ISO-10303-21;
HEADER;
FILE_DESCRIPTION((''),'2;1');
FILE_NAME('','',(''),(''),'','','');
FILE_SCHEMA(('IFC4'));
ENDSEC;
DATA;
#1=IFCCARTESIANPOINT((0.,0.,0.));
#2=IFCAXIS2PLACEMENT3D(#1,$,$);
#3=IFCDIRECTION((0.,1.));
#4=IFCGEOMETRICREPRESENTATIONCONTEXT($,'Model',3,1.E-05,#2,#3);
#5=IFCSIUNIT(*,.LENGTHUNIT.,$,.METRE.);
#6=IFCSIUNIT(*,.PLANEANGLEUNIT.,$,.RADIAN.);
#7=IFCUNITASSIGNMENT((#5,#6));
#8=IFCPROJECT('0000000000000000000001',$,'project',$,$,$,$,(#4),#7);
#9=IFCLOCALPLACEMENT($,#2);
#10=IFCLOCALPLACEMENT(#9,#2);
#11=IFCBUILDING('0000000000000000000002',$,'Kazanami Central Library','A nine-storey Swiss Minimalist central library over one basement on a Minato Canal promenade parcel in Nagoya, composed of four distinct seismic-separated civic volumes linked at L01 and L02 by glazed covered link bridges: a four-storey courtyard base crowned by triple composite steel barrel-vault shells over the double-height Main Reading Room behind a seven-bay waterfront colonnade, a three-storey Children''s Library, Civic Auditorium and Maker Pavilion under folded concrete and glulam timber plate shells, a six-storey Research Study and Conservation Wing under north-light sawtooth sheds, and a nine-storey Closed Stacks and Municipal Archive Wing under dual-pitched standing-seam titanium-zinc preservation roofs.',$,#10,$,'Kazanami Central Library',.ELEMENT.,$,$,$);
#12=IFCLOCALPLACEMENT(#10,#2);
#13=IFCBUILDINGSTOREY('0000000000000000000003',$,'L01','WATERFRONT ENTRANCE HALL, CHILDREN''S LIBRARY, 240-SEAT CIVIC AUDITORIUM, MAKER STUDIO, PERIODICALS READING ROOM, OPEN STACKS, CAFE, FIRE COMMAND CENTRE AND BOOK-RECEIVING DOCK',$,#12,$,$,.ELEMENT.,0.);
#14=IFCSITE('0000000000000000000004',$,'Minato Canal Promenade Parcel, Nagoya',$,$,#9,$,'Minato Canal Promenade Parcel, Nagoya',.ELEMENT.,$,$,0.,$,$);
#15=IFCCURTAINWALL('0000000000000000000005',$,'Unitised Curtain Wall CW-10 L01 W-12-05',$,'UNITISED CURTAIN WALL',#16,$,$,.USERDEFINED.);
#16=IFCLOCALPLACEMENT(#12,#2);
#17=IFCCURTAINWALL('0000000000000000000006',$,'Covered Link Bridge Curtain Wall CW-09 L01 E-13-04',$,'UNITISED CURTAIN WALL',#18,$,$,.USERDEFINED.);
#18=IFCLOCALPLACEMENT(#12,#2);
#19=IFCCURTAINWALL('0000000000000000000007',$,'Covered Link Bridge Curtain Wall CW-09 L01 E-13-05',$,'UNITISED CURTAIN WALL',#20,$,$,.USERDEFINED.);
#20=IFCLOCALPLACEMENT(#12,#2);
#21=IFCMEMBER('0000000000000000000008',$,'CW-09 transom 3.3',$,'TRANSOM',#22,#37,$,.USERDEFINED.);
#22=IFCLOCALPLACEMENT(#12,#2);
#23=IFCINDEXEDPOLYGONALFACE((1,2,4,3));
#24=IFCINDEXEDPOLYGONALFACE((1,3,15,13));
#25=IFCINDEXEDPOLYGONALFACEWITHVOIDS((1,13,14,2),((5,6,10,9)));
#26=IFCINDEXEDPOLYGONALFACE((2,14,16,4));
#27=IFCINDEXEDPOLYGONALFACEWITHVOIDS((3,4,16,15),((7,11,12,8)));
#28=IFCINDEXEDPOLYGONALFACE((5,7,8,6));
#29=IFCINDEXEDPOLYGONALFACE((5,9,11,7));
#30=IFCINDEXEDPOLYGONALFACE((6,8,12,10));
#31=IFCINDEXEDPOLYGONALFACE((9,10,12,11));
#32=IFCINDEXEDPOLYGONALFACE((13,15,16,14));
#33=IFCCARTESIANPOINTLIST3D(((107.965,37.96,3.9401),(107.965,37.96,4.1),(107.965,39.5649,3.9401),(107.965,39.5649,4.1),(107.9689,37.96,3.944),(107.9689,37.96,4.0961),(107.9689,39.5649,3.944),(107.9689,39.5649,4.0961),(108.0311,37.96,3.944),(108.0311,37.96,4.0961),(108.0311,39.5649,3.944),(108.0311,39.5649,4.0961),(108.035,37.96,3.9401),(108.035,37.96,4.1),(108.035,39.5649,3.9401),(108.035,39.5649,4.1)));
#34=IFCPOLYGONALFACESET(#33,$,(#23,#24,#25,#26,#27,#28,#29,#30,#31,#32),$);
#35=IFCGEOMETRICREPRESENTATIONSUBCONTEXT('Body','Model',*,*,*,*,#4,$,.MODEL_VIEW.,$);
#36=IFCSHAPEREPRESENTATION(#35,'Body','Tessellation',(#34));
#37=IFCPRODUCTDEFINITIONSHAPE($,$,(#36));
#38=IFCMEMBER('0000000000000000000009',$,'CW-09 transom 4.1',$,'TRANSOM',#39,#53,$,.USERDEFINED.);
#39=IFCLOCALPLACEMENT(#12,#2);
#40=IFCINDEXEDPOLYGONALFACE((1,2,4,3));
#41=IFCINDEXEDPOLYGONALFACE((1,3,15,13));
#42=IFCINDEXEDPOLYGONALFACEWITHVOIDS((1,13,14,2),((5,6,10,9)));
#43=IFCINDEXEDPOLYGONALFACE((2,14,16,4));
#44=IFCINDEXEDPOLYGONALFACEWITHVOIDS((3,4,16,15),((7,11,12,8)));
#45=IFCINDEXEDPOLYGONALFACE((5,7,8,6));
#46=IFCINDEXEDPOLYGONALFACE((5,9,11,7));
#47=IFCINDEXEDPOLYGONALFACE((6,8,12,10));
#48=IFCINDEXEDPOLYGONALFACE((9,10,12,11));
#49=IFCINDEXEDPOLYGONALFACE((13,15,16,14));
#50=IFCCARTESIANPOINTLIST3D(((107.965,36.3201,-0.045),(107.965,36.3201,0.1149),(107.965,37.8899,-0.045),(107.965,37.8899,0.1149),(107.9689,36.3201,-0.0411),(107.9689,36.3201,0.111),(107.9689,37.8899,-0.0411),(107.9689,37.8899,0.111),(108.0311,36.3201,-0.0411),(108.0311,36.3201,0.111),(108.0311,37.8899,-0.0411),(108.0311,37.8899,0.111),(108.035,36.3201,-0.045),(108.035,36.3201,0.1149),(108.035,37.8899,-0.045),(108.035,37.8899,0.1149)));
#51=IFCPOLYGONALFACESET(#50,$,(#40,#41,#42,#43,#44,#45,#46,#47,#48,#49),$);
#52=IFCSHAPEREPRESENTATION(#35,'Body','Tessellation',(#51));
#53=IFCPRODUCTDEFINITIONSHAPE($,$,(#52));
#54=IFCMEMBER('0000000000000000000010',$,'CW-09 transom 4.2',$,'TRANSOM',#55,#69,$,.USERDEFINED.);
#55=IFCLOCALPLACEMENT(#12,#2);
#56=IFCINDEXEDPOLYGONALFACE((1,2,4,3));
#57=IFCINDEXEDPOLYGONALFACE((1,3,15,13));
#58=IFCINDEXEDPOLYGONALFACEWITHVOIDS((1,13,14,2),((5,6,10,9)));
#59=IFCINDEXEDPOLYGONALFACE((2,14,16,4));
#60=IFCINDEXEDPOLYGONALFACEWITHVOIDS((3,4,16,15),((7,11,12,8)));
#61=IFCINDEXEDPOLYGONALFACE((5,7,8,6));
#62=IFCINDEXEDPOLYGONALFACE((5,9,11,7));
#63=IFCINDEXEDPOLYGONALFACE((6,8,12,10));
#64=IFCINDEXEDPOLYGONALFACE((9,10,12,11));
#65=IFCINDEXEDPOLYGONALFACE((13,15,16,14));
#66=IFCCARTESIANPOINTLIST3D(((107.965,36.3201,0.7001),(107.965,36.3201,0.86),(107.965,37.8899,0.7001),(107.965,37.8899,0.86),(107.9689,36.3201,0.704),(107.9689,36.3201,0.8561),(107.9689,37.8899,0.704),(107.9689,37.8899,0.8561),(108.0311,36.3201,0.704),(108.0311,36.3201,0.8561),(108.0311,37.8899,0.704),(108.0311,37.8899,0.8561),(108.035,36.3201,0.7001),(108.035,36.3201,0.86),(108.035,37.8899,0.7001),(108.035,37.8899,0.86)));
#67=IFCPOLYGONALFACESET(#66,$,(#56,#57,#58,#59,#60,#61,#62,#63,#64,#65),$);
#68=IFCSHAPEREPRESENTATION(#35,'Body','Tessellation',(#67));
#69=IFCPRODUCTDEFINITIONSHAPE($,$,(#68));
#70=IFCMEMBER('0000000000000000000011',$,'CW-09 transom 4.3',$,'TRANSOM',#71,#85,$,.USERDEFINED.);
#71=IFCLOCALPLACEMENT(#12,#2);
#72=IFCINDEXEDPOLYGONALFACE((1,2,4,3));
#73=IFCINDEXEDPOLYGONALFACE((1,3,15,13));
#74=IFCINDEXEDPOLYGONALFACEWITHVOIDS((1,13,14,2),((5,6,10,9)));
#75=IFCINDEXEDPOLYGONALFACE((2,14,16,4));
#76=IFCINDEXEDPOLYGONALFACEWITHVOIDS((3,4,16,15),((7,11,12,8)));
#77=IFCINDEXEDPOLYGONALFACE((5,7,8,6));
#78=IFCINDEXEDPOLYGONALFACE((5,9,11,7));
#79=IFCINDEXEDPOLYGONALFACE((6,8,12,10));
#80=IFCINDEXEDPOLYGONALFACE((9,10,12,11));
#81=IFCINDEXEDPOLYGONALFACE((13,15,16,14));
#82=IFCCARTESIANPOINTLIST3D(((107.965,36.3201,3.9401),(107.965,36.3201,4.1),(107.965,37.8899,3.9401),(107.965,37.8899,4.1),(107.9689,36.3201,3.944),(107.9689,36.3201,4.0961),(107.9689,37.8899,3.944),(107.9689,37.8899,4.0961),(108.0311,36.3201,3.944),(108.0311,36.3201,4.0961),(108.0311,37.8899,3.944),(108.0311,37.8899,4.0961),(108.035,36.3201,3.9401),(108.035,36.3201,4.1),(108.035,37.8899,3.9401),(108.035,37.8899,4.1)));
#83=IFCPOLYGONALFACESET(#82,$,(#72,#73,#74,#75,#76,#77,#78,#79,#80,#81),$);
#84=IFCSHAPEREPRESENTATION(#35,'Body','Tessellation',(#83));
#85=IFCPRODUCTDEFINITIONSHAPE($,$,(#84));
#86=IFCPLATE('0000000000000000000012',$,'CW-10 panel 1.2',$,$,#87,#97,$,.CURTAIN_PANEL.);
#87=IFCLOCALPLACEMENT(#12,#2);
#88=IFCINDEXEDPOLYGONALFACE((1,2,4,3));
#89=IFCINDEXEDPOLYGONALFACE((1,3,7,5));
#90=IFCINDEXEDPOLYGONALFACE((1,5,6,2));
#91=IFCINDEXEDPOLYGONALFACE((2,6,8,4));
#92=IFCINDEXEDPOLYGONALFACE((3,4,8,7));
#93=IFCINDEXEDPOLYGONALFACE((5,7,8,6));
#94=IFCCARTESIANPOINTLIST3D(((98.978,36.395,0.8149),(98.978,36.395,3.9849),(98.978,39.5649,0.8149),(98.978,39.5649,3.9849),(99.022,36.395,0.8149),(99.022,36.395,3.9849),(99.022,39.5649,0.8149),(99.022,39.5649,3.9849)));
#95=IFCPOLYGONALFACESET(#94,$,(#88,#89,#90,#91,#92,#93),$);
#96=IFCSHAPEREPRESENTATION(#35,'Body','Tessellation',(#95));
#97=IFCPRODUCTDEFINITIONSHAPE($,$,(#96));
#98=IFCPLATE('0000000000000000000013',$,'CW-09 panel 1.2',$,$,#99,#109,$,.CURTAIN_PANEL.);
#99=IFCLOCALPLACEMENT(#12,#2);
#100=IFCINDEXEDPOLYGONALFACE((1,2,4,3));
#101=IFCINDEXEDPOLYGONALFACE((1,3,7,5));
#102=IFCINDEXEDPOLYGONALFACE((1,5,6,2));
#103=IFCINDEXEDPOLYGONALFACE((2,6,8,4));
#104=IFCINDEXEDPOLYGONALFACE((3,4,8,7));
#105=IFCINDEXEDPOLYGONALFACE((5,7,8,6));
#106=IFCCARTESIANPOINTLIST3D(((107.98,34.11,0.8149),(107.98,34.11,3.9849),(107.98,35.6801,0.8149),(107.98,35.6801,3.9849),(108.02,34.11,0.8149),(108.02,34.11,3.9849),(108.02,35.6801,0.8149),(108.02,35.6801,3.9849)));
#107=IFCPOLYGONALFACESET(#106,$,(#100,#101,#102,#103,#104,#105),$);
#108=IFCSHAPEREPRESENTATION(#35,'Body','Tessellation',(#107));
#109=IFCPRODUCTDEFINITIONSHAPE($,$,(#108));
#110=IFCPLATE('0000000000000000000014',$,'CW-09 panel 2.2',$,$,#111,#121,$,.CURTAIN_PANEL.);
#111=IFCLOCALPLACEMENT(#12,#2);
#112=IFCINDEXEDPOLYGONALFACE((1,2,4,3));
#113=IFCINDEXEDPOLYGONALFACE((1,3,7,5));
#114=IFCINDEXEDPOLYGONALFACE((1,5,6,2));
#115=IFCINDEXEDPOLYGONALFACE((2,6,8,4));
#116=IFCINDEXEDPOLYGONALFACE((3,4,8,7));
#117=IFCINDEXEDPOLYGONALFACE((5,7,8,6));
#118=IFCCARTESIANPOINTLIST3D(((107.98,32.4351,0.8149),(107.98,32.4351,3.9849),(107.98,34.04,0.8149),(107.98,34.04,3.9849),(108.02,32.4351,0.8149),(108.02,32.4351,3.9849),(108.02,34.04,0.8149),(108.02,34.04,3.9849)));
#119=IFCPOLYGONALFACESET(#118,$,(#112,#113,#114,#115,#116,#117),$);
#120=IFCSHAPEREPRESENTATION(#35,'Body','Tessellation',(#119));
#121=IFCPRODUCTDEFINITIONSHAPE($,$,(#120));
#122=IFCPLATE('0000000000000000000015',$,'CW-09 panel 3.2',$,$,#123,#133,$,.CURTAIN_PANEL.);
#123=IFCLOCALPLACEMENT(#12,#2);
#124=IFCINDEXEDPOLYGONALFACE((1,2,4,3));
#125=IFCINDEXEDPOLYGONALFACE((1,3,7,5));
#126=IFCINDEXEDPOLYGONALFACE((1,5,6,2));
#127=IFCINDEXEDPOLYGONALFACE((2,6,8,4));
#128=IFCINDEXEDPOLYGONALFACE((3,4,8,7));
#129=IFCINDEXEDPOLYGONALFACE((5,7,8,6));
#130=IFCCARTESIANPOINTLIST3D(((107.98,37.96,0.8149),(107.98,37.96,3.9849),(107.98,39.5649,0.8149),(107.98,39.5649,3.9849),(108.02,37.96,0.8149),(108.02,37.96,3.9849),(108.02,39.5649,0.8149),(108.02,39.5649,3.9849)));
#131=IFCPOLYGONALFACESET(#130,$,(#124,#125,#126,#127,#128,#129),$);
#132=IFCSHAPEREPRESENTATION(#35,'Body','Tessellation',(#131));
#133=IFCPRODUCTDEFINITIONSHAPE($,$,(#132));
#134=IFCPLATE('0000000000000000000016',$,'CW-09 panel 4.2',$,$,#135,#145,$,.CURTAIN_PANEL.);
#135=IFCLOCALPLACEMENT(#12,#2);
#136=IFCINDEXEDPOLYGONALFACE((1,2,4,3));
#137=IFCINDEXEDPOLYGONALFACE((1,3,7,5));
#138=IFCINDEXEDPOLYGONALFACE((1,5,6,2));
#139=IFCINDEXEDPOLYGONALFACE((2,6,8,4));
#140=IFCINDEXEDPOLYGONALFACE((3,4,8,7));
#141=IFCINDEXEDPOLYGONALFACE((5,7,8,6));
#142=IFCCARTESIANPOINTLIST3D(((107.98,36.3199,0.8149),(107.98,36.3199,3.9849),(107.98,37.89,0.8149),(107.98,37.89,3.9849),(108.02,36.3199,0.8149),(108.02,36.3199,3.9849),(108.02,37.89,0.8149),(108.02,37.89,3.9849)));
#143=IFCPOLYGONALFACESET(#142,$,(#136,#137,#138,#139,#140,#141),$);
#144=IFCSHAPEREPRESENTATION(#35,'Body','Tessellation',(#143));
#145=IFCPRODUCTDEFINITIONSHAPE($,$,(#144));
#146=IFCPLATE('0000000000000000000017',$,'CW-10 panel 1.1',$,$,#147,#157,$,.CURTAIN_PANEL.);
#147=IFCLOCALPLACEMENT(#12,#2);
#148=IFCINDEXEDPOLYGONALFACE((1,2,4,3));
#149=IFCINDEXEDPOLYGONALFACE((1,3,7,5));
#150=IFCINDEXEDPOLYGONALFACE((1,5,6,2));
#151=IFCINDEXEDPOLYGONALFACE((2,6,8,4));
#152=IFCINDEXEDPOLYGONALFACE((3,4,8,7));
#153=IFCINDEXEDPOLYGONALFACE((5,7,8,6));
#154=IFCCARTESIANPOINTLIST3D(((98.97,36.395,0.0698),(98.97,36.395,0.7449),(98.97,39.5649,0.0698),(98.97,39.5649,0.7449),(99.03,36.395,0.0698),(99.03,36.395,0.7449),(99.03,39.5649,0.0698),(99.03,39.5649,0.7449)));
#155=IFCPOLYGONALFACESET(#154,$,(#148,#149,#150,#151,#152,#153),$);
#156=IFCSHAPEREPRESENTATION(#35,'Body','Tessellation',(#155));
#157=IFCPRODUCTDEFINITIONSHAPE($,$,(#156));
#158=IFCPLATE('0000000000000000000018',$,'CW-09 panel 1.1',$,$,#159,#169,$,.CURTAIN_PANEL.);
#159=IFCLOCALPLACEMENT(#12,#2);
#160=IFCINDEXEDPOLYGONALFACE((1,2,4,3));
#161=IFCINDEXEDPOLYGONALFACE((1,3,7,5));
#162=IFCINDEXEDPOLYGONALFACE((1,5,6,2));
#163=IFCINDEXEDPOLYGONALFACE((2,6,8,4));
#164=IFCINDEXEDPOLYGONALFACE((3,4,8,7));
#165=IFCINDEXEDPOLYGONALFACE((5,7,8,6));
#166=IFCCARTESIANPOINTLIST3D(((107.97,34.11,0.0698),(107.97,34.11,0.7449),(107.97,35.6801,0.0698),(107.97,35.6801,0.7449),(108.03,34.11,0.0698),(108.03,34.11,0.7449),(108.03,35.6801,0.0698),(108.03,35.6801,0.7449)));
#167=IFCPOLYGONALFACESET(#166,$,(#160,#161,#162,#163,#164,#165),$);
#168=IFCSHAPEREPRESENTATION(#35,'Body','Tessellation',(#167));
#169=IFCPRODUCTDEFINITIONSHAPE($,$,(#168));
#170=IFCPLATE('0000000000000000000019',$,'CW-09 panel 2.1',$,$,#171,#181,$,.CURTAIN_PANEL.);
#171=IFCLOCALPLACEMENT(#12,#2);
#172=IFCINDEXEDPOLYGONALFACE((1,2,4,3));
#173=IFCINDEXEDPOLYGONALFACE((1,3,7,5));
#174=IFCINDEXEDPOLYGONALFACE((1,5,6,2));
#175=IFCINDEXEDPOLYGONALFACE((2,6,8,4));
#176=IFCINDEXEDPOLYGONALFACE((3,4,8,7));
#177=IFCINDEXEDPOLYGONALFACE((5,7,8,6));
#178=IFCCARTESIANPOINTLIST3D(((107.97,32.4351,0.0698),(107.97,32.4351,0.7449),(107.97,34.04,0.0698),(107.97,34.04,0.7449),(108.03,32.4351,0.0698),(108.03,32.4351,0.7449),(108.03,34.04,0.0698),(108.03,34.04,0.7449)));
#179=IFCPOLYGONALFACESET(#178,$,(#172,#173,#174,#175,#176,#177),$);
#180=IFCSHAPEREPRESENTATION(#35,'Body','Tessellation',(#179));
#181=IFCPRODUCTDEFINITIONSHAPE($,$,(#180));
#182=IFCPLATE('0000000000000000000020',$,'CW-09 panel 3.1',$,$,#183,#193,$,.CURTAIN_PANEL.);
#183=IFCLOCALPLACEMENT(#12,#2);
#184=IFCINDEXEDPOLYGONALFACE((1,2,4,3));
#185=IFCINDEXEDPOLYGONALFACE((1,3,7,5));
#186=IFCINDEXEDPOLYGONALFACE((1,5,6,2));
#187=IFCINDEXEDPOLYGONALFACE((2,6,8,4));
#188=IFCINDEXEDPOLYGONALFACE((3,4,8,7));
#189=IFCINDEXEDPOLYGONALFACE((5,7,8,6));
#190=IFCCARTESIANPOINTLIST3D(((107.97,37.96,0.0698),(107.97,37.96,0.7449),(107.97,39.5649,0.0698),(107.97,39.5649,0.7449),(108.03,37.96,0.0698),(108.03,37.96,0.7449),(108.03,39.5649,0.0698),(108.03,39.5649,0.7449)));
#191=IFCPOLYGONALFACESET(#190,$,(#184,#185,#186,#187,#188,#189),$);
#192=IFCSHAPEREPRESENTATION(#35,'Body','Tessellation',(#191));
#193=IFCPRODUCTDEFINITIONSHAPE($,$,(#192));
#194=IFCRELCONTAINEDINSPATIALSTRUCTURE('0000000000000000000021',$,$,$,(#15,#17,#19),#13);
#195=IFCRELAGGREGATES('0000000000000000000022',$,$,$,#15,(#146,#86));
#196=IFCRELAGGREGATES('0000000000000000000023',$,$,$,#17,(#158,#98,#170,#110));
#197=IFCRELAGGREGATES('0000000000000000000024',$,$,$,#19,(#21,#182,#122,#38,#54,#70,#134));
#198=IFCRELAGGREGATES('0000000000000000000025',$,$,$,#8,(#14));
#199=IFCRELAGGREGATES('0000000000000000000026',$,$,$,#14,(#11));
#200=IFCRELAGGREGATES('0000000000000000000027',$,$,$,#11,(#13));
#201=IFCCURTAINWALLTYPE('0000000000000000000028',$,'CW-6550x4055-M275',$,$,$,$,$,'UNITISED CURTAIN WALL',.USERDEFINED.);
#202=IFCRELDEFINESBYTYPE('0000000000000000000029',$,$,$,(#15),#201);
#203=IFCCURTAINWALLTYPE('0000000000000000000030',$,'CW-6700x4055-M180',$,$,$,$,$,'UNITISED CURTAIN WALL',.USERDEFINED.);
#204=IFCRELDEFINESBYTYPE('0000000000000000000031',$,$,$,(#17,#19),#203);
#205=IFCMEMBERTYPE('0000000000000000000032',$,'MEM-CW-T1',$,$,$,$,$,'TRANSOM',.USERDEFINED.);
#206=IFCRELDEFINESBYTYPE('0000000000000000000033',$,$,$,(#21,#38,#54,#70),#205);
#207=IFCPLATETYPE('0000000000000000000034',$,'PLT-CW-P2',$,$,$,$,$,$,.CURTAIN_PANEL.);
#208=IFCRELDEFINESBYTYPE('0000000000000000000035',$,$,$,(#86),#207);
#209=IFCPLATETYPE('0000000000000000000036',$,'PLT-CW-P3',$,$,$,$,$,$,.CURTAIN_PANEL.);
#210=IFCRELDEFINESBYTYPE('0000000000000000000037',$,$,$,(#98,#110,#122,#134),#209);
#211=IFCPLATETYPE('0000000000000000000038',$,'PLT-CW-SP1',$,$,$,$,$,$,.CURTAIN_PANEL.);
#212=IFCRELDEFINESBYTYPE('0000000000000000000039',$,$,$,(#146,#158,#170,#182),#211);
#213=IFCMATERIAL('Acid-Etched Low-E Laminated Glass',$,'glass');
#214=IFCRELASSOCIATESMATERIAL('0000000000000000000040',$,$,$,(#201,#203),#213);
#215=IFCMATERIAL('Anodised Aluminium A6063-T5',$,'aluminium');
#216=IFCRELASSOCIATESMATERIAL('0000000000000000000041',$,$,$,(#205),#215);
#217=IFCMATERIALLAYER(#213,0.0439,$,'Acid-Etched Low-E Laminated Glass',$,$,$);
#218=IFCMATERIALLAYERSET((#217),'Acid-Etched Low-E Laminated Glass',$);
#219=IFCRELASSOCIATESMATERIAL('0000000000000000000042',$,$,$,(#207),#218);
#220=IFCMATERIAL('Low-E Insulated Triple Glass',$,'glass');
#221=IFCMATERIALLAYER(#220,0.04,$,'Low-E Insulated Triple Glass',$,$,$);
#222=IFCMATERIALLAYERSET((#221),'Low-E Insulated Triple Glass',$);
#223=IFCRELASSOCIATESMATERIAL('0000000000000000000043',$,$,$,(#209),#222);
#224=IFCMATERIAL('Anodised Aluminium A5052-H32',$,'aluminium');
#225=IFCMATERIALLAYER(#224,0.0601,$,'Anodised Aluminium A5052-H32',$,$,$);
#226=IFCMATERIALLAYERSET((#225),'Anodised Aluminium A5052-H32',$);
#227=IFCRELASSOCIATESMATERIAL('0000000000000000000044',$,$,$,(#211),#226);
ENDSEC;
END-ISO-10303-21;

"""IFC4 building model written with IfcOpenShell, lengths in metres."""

from ifc_helpers import new_model, si_unit, direction, frame, origin, origin_2d, place, context, subcontext, project, spatial, rectangle, hollow_rectangle, extrude, material, layer, layer_set, material_profile, profile_set, type_object, element, aggregate, save


model = new_model("IFC4")

# Units and contexts
model_context = context("Model", 3, precision=1e-05, world=origin(), true_north=direction((0.0, 1.0)))
body_context = subcontext(model_context, "Body", "Model", "MODEL_VIEW")
ifc_project = project(units=[si_unit("LENGTHUNIT", "METRE"), si_unit("PLANEANGLEUNIT", "RADIAN")], contexts=[model_context])

# Site, building, storey
site_placement = place(None, origin())
site = spatial("IfcSite", under=ifc_project, at=site_placement, Name="Minato Canal Promenade Parcel, Nagoya", LongName="Minato Canal Promenade Parcel, Nagoya", CompositionType="ELEMENT", RefElevation=0.0)
building_placement = place(site_placement, origin())
building = spatial("IfcBuilding", under=site, at=building_placement, Name="Kazanami Central Library", Description="A nine-storey Swiss Minimalist central library over one basement on a Minato Canal promenade parcel in Nagoya, composed of four distinct seismic-separated civic volumes linked at L01 and L02 by glazed covered link bridges: a four-storey courtyard base crowned by triple composite steel barrel-vault shells over the double-height Main Reading Room behind a seven-bay waterfront colonnade, a three-storey Children's Library, Civic Auditorium and Maker Pavilion under folded concrete and glulam timber plate shells, a six-storey Research Study and Conservation Wing under north-light sawtooth sheds, and a nine-storey Closed Stacks and Municipal Archive Wing under dual-pitched standing-seam titanium-zinc preservation roofs.", LongName="Kazanami Central Library", CompositionType="ELEMENT")
storey_placement = place(building_placement, origin())
storey = spatial("IfcBuildingStorey", under=building, at=storey_placement, Name="L01", Description="WATERFRONT ENTRANCE HALL, CHILDREN'S LIBRARY, 240-SEAT CIVIC AUDITORIUM, MAKER STUDIO, PERIODICALS READING ROOM, OPEN STACKS, CAFE, FIRE COMMAND CENTRE AND BOOK-RECEIVING DOCK", CompositionType="ELEMENT", Elevation=0.0)

# Curtain wall
ifc_material_1 = material(Name="Acid-Etched Low-E Laminated Glass", Category="glass")
curtain_wall_type_1 = type_object("IfcCurtainWallType", Name="CW-6550x4055-M275", ElementType="UNITISED CURTAIN WALL", PredefinedType="USERDEFINED", material=ifc_material_1)
curtain_wall_1_placement = place(storey_placement, origin())
curtain_wall_1 = element("IfcCurtainWall", 1, at=curtain_wall_1_placement, inside=storey, type_object=curtain_wall_type_1, Name="Unitised Curtain Wall CW-10 L01 W-12-05", ObjectType="UNITISED CURTAIN WALL", PredefinedType="USERDEFINED")
ifc_material_2 = material(Name="Anodised Aluminium A6063-T5", Category="aluminium")

# Curtain walls
curtain_wall_type_2 = type_object("IfcCurtainWallType", Name="CW-6700x4055-M180", ElementType="UNITISED CURTAIN WALL", PredefinedType="USERDEFINED", material=ifc_material_1)
curtain_wall_2_placement = place(storey_placement, origin())
curtain_wall_2 = element("IfcCurtainWall", 2, at=curtain_wall_2_placement, inside=storey, type_object=curtain_wall_type_2, Name="Covered Link Bridge Curtain Wall CW-09 L01 E-13-04", ObjectType="UNITISED CURTAIN WALL", PredefinedType="USERDEFINED")
curtain_wall_3_placement = place(storey_placement, origin())
curtain_wall_3 = element("IfcCurtainWall", 3, at=curtain_wall_3_placement, inside=storey, type_object=curtain_wall_type_2, Name="Covered Link Bridge Curtain Wall CW-09 L01 E-13-05", ObjectType="UNITISED CURTAIN WALL", PredefinedType="USERDEFINED")

# Members
ifc_material_profile_1 = material_profile(ifc_material_2, hollow_rectangle(XDim=0.0701, YDim=0.1599, WallThickness=0.0039, at=origin_2d()), Name="ALU-TRAN-70x160x4")
ifc_profile_set_1 = profile_set([ifc_material_profile_1], Name="Anodised Aluminium A6063-T5")
member_type_1 = type_object("IfcMemberType", Name="MEM-CW-T1", ElementType="TRANSOM", PredefinedType="USERDEFINED", material=ifc_profile_set_1)
member_1_placement = place(storey_placement, frame((108.0, 39.5649, 4.02), z_axis=(0.0, -1.0, 0.0), x_axis=(1.0, 0.0, 0.0)))
member_1 = element("IfcMember", 4, at=member_1_placement, type_object=member_type_1, Name="CW-09 transom 3.3", ObjectType="TRANSOM", PredefinedType="USERDEFINED", context=body_context, shape_type="SweptSolid", body=[
    extrude(hollow_rectangle(XDim=0.0701, YDim=0.1599, WallThickness=0.0039, at=origin_2d()), origin(), (0.0, 0.0, 1.0), 1.605),
])
member_2_placement = place(storey_placement, frame((108.0, 37.8899, 0.0349), z_axis=(0.0, -1.0, 0.0), x_axis=(1.0, 0.0, 0.0)))
member_2 = element("IfcMember", 5, at=member_2_placement, type_object=member_type_1, Name="CW-09 transom 4.1", ObjectType="TRANSOM", PredefinedType="USERDEFINED", context=body_context, shape_type="SweptSolid", body=[
    extrude(hollow_rectangle(XDim=0.0701, YDim=0.1599, WallThickness=0.0039, at=origin_2d()), origin(), (0.0, 0.0, 1.0), 1.5698),
])
member_3_placement = place(storey_placement, frame((108.0, 37.8899, 0.78), z_axis=(0.0, -1.0, 0.0), x_axis=(1.0, 0.0, 0.0)))
member_3 = element("IfcMember", 6, at=member_3_placement, type_object=member_type_1, Name="CW-09 transom 4.2", ObjectType="TRANSOM", PredefinedType="USERDEFINED", context=body_context, shape_type="SweptSolid", body=[
    extrude(hollow_rectangle(XDim=0.0701, YDim=0.1599, WallThickness=0.0039, at=origin_2d()), origin(), (0.0, 0.0, 1.0), 1.5698),
])
member_4_placement = place(storey_placement, frame((108.0, 37.8899, 4.02), z_axis=(0.0, -1.0, 0.0), x_axis=(1.0, 0.0, 0.0)))
member_4 = element("IfcMember", 7, at=member_4_placement, type_object=member_type_1, Name="CW-09 transom 4.3", ObjectType="TRANSOM", PredefinedType="USERDEFINED", context=body_context, shape_type="SweptSolid", body=[
    extrude(hollow_rectangle(XDim=0.0701, YDim=0.1599, WallThickness=0.0039, at=origin_2d()), origin(), (0.0, 0.0, 1.0), 1.5698),
])

# Plates
ifc_layer_1 = layer(ifc_material_1, 0.0439, Name="Acid-Etched Low-E Laminated Glass")
ifc_layer_set_1 = layer_set([ifc_layer_1], Name="Acid-Etched Low-E Laminated Glass")
plate_type_1 = type_object("IfcPlateType", Name="PLT-CW-P2", PredefinedType="CURTAIN_PANEL", material=ifc_layer_set_1)
plate_1_placement = place(storey_placement, frame((99.0, 37.98, 0.8149), z_axis=(0.0, 0.0, 1.0), x_axis=(0.0, 1.0, 0.0)))
plate_1 = element("IfcPlate", 8, at=plate_1_placement, type_object=plate_type_1, Name="CW-10 panel 1.2", PredefinedType="CURTAIN_PANEL", context=body_context, shape_type="SweptSolid", body=[
    extrude(rectangle(XDim=3.1699, YDim=0.0439, at=origin_2d()), origin(), (0.0, 0.0, 1.0), 3.1699),
])
ifc_material_3 = material(Name="Low-E Insulated Triple Glass", Category="glass")
ifc_layer_2 = layer(ifc_material_3, 0.04, Name="Low-E Insulated Triple Glass")
ifc_layer_set_2 = layer_set([ifc_layer_2], Name="Low-E Insulated Triple Glass")
plate_type_2 = type_object("IfcPlateType", Name="PLT-CW-P3", PredefinedType="CURTAIN_PANEL", material=ifc_layer_set_2)
plate_2_placement = place(storey_placement, frame((108.0, 34.895, 0.8149), z_axis=(0.0, 0.0, 1.0), x_axis=(0.0, -1.0, 0.0)))
plate_2 = element("IfcPlate", 9, at=plate_2_placement, type_object=plate_type_2, Name="CW-09 panel 1.2", PredefinedType="CURTAIN_PANEL", context=body_context, shape_type="SweptSolid", body=[
    extrude(rectangle(XDim=1.5701, YDim=0.04, at=origin_2d()), origin(), (0.0, 0.0, 1.0), 3.1699),
])
plate_3_placement = place(storey_placement, frame((108.0, 33.2375, 0.8149), z_axis=(0.0, 0.0, 1.0), x_axis=(0.0, -1.0, 0.0)))
plate_3 = element("IfcPlate", 10, at=plate_3_placement, type_object=plate_type_2, Name="CW-09 panel 2.2", PredefinedType="CURTAIN_PANEL", context=body_context, shape_type="SweptSolid", body=[
    extrude(rectangle(XDim=1.605, YDim=0.04, at=origin_2d()), origin(), (0.0, 0.0, 1.0), 3.1699),
])
plate_4_placement = place(storey_placement, frame((108.0, 38.7625, 0.8149), z_axis=(0.0, 0.0, 1.0), x_axis=(0.0, -1.0, 0.0)))
plate_4 = element("IfcPlate", 11, at=plate_4_placement, type_object=plate_type_2, Name="CW-09 panel 3.2", PredefinedType="CURTAIN_PANEL", context=body_context, shape_type="SweptSolid", body=[
    extrude(rectangle(XDim=1.605, YDim=0.04, at=origin_2d()), origin(), (0.0, 0.0, 1.0), 3.1699),
])
plate_5_placement = place(storey_placement, frame((108.0, 37.105, 0.8149), z_axis=(0.0, 0.0, 1.0), x_axis=(0.0, -1.0, 0.0)))
plate_5 = element("IfcPlate", 12, at=plate_5_placement, type_object=plate_type_2, Name="CW-09 panel 4.2", PredefinedType="CURTAIN_PANEL", context=body_context, shape_type="SweptSolid", body=[
    extrude(rectangle(XDim=1.5701, YDim=0.04, at=origin_2d()), origin(), (0.0, 0.0, 1.0), 3.1699),
])
ifc_material_4 = material(Name="Anodised Aluminium A5052-H32", Category="aluminium")
ifc_layer_3 = layer(ifc_material_4, 0.0601, Name="Anodised Aluminium A5052-H32")
ifc_layer_set_3 = layer_set([ifc_layer_3], Name="Anodised Aluminium A5052-H32")
plate_type_3 = type_object("IfcPlateType", Name="PLT-CW-SP1", PredefinedType="CURTAIN_PANEL", material=ifc_layer_set_3)
plate_6_placement = place(storey_placement, frame((99.0, 37.98, 0.0698), z_axis=(0.0, 0.0, 1.0), x_axis=(0.0, 1.0, 0.0)))
plate_6 = element("IfcPlate", 13, at=plate_6_placement, type_object=plate_type_3, Name="CW-10 panel 1.1", PredefinedType="CURTAIN_PANEL", context=body_context, shape_type="SweptSolid", body=[
    extrude(rectangle(XDim=3.1699, YDim=0.0601, at=origin_2d()), origin(), (0.0, 0.0, 1.0), 0.675),
])
aggregate(curtain_wall_1, [plate_6, plate_1])
plate_7_placement = place(storey_placement, frame((108.0, 34.895, 0.0698), z_axis=(0.0, 0.0, 1.0), x_axis=(0.0, -1.0, 0.0)))
plate_7 = element("IfcPlate", 14, at=plate_7_placement, type_object=plate_type_3, Name="CW-09 panel 1.1", PredefinedType="CURTAIN_PANEL", context=body_context, shape_type="SweptSolid", body=[
    extrude(rectangle(XDim=1.5701, YDim=0.0601, at=origin_2d()), origin(), (0.0, 0.0, 1.0), 0.675),
])
plate_8_placement = place(storey_placement, frame((108.0, 33.2375, 0.0698), z_axis=(0.0, 0.0, 1.0), x_axis=(0.0, -1.0, 0.0)))
plate_8 = element("IfcPlate", 15, at=plate_8_placement, type_object=plate_type_3, Name="CW-09 panel 2.1", PredefinedType="CURTAIN_PANEL", context=body_context, shape_type="SweptSolid", body=[
    extrude(rectangle(XDim=1.605, YDim=0.0601, at=origin_2d()), origin(), (0.0, 0.0, 1.0), 0.675),
])
aggregate(curtain_wall_2, [plate_7, plate_2, plate_8, plate_3])
plate_9_placement = place(storey_placement, frame((108.0, 38.7625, 0.0698), z_axis=(0.0, 0.0, 1.0), x_axis=(0.0, -1.0, 0.0)))
plate_9 = element("IfcPlate", 16, at=plate_9_placement, type_object=plate_type_3, Name="CW-09 panel 3.1", PredefinedType="CURTAIN_PANEL", context=body_context, shape_type="SweptSolid", body=[
    extrude(rectangle(XDim=1.605, YDim=0.0601, at=origin_2d()), origin(), (0.0, 0.0, 1.0), 0.675),
])
aggregate(curtain_wall_3, [member_1, plate_9, plate_4, member_2, member_3, member_4, plate_5])

save(model, "model.ifc")
